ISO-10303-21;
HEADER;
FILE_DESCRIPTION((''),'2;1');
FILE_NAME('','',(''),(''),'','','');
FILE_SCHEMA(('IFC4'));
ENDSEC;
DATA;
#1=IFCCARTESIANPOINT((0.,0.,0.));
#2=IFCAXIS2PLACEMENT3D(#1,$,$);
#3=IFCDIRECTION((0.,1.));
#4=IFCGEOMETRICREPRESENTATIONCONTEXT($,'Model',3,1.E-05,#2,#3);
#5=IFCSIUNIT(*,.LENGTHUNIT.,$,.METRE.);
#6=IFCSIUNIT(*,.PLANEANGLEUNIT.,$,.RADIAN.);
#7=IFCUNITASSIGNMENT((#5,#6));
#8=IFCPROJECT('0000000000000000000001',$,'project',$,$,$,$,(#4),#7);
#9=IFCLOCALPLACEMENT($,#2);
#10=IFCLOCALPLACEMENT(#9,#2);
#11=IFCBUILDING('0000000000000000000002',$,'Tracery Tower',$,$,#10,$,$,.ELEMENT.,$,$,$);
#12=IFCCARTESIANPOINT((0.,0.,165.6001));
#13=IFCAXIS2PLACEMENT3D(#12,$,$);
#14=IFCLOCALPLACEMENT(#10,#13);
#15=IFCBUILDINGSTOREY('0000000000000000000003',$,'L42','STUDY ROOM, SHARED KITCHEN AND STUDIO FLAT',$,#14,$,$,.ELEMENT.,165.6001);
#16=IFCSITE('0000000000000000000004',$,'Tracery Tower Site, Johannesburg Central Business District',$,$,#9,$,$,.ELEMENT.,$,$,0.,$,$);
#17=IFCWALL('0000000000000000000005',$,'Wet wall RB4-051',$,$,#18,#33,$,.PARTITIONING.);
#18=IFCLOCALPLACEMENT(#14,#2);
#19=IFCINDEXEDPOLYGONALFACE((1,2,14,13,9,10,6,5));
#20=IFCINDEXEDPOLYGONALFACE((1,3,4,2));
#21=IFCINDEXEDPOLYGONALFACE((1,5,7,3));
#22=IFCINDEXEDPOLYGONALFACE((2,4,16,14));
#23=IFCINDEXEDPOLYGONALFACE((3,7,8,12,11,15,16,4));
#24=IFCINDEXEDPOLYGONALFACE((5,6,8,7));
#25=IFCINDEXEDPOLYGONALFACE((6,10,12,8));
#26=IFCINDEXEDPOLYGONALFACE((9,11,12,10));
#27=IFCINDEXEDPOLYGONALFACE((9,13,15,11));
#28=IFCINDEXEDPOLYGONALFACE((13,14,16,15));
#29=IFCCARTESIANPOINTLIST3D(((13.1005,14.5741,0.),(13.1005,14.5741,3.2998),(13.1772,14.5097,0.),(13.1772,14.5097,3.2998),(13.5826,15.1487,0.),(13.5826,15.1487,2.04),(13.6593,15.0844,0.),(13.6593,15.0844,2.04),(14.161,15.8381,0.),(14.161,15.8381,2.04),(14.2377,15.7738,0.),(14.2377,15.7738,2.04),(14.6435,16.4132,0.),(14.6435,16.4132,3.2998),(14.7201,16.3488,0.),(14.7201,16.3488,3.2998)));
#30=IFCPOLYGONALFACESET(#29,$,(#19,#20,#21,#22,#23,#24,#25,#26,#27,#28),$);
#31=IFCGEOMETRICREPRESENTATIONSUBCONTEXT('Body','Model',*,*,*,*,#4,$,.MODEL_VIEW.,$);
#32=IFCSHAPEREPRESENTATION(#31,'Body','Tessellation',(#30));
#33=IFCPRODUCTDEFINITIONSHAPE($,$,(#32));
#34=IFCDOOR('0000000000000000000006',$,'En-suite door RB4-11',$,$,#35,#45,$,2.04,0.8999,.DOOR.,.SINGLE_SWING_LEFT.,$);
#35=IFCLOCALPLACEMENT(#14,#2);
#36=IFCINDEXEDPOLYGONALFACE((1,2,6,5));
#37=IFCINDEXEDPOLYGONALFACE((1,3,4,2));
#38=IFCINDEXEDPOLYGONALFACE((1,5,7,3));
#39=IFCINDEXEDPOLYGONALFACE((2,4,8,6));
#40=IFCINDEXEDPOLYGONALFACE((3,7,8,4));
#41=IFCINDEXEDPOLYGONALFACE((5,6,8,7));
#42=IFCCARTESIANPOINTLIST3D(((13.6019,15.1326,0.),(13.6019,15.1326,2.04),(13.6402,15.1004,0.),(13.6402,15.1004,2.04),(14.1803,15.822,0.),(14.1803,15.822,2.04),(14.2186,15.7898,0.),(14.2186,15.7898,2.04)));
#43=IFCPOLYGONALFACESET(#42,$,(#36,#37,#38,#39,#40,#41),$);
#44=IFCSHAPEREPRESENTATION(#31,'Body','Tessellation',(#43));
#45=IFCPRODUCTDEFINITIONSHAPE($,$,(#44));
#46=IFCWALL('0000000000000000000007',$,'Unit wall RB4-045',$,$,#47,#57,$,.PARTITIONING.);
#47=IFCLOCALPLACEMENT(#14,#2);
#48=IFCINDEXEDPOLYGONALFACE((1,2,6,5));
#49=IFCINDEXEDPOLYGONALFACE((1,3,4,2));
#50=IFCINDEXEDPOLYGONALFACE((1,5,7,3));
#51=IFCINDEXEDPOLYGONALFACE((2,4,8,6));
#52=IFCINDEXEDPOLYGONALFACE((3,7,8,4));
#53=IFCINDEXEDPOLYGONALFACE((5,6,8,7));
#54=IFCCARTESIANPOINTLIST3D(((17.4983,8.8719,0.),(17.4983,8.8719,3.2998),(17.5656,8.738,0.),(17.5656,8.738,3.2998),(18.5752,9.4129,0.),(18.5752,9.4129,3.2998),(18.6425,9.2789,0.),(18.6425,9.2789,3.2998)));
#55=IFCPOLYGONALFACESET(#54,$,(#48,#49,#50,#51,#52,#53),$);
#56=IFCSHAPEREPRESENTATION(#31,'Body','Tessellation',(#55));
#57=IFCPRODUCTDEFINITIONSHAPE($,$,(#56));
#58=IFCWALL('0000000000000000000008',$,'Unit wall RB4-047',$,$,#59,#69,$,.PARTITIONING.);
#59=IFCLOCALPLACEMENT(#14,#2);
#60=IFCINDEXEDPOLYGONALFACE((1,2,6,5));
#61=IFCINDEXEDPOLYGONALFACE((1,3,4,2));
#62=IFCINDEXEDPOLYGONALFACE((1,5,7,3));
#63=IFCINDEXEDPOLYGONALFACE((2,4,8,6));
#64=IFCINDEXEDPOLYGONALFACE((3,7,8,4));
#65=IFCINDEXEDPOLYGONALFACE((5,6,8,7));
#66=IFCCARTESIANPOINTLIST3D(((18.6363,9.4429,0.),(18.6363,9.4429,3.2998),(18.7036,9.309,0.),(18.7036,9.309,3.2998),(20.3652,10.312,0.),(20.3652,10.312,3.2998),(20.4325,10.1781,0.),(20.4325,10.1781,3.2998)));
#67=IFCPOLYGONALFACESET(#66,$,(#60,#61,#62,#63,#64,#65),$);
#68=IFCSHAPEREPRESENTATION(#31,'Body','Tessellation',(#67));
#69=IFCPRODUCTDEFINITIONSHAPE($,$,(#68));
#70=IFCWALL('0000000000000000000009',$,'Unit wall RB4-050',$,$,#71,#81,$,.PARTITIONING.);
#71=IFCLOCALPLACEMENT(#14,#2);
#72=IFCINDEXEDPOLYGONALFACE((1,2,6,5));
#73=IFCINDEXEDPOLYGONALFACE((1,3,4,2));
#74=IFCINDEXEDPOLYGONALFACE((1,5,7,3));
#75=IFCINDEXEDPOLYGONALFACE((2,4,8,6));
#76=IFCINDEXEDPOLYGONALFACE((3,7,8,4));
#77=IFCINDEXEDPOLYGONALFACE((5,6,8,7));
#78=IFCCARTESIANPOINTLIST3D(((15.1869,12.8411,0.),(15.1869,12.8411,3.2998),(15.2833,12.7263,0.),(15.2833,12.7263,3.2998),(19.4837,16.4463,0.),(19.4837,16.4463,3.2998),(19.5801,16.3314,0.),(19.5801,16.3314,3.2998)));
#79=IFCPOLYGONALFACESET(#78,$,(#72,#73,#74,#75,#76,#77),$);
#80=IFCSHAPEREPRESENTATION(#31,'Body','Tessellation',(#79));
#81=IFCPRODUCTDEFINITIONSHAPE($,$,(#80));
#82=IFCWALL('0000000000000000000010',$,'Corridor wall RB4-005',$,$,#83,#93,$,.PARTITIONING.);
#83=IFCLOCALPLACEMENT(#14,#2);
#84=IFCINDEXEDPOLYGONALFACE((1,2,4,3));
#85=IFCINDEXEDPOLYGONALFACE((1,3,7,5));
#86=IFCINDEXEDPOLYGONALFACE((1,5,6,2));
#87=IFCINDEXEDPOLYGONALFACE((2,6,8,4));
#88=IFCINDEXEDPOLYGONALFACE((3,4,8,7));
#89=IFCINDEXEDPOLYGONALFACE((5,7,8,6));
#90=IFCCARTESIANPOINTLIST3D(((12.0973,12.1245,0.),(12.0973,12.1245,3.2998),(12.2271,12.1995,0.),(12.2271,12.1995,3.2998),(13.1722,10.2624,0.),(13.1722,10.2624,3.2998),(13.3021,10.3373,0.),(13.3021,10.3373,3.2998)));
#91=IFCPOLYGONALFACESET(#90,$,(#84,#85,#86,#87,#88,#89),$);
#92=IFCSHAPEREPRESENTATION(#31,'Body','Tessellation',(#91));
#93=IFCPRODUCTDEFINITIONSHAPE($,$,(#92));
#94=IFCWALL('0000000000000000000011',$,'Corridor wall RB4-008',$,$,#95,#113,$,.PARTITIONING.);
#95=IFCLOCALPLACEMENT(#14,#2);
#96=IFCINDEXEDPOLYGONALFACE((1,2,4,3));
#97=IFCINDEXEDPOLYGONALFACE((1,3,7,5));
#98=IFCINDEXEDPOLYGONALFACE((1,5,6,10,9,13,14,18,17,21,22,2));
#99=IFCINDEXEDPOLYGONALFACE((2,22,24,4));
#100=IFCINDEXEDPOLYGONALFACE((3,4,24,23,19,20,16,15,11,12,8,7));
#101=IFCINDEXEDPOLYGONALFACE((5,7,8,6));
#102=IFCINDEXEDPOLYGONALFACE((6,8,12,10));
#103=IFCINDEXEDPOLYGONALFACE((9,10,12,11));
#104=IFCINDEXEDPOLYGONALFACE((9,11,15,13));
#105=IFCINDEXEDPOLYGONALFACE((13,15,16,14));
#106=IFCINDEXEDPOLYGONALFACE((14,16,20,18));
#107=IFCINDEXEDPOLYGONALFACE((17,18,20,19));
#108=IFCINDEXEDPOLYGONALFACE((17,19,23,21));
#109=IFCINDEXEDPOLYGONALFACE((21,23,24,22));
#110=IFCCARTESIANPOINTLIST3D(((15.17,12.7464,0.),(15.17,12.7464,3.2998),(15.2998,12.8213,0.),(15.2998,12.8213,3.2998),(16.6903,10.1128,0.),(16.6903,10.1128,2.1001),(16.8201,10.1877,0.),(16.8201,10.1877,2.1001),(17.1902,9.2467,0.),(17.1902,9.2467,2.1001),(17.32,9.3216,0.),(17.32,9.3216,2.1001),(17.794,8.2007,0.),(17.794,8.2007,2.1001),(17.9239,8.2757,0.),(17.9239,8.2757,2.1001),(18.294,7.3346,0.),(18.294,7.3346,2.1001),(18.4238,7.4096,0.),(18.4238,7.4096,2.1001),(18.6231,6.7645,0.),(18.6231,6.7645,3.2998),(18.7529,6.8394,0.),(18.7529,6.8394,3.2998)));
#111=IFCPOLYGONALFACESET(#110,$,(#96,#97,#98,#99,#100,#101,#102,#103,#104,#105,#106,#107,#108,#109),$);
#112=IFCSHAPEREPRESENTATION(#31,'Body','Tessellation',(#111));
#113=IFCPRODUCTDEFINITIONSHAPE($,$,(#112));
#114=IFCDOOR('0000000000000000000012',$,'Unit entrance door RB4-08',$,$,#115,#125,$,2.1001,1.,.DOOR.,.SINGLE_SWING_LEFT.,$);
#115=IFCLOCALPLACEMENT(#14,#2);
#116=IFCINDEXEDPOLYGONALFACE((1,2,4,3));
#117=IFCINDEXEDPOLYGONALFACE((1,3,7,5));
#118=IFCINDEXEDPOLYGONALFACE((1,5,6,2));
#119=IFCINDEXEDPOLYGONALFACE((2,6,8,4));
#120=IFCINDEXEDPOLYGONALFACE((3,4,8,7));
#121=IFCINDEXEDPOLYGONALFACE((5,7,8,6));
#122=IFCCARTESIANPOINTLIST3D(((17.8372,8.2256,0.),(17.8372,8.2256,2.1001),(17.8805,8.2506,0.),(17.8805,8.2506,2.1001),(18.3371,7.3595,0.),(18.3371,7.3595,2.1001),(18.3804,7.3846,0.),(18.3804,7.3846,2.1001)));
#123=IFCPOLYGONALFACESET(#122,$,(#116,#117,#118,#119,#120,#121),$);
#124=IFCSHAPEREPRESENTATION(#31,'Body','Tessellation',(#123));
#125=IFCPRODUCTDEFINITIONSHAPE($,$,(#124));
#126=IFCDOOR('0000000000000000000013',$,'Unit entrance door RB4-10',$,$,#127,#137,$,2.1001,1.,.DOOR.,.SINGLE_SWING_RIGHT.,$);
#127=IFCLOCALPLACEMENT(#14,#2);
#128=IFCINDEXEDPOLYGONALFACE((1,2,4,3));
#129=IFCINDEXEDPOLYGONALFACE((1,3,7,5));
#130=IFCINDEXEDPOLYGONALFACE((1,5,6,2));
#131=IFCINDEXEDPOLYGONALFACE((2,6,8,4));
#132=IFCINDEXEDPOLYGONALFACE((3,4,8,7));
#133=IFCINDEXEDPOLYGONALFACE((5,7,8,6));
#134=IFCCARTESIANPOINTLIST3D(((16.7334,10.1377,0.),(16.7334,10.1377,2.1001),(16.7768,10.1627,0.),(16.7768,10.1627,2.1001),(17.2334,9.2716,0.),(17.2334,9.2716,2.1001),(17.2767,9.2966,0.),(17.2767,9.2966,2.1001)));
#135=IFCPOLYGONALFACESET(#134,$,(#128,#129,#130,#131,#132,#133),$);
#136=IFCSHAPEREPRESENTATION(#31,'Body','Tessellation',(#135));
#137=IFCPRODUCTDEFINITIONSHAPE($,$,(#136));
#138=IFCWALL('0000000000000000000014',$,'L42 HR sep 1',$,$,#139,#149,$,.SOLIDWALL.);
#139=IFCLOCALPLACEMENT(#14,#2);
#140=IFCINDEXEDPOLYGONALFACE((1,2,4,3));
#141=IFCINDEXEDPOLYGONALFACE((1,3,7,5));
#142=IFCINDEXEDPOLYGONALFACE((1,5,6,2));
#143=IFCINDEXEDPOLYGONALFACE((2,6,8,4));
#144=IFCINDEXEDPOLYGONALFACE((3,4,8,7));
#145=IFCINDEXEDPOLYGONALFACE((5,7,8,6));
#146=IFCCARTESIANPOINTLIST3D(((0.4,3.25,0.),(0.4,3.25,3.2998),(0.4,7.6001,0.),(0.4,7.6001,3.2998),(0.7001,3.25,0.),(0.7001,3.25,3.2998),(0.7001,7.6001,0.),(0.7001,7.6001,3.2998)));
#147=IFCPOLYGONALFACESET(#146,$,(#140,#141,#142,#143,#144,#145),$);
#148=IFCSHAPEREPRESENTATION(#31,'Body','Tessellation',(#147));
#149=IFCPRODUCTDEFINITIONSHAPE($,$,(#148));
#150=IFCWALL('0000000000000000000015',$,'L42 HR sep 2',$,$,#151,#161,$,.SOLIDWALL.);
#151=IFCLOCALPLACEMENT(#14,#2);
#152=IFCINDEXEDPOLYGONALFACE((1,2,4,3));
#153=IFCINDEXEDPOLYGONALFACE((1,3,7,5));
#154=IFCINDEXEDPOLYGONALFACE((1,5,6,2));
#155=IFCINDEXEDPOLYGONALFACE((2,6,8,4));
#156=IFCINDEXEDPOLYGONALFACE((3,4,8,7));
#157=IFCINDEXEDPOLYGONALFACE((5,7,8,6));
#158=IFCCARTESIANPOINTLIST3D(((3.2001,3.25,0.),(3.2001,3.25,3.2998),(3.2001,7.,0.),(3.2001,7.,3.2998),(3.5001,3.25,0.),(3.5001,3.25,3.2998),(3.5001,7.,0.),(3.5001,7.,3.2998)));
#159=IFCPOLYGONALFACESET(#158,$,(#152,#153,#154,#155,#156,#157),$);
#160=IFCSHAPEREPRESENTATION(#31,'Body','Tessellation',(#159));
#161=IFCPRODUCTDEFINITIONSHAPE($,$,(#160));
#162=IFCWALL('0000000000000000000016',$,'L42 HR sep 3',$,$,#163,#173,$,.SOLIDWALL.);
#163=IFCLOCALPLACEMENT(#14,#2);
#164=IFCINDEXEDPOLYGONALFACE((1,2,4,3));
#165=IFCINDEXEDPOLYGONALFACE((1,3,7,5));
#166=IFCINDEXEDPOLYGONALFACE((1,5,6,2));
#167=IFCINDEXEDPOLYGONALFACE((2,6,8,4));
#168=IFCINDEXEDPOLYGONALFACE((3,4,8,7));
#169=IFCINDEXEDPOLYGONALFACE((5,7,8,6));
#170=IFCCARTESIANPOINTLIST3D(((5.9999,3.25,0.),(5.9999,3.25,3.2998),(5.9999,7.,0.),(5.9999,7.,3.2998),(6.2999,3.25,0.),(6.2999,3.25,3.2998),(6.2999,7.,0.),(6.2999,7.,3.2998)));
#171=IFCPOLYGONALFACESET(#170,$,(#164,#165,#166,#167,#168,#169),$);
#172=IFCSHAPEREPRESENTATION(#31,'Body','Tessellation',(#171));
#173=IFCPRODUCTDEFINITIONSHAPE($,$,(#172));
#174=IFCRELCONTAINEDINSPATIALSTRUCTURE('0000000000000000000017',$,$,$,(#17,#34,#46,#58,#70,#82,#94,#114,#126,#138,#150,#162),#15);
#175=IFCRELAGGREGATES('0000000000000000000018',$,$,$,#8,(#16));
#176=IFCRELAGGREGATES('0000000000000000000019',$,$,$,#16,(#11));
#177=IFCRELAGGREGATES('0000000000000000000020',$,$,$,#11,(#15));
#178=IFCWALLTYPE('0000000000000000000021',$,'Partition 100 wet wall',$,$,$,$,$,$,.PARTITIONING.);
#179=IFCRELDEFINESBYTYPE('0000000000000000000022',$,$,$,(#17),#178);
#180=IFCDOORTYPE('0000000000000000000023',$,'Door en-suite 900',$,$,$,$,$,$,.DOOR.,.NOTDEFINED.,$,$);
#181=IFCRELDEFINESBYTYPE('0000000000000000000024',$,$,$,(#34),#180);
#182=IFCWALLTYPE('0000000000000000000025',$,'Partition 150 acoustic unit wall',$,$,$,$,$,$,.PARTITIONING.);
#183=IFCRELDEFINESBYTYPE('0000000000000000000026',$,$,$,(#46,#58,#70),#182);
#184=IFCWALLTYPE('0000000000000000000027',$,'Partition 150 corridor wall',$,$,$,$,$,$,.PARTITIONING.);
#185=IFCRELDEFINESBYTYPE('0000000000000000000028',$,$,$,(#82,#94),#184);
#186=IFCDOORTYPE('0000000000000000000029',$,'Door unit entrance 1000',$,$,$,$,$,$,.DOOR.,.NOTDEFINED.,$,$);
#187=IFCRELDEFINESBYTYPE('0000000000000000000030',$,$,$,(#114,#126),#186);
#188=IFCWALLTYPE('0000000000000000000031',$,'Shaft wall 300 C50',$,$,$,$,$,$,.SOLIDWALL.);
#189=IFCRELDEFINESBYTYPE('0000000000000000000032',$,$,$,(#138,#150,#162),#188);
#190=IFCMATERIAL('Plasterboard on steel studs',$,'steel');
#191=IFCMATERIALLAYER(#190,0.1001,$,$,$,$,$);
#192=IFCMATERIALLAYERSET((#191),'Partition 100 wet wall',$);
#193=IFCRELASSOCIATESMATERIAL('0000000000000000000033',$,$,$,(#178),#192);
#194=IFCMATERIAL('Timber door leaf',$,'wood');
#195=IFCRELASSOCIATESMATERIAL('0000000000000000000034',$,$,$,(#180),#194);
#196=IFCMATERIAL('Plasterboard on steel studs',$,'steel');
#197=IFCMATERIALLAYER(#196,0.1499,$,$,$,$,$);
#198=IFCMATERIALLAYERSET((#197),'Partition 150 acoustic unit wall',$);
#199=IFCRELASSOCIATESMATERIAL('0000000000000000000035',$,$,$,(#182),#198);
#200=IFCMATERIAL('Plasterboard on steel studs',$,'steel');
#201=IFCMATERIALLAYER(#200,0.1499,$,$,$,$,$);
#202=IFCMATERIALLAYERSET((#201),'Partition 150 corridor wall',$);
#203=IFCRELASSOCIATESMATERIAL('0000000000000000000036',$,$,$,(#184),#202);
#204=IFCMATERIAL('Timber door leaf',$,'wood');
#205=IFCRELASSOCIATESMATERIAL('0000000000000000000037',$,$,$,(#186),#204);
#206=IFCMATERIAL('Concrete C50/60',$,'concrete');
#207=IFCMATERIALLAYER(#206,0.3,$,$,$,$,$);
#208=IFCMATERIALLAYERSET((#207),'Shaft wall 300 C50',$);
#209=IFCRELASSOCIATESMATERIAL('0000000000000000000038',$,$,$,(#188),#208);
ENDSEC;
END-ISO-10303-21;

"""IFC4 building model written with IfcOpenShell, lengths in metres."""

from ifc_helpers import new_model, si_unit, direction, frame, frame_2d, origin, place, context, subcontext, project, spatial, rectangle, extrude, material, layer, layer_set, type_object, element, fill, save


model = new_model("IFC4")

# Units and contexts
model_context = context("Model", 3, precision=1e-05, world=origin(), true_north=direction((0.0, 1.0)))
body_context = subcontext(model_context, "Body", "Model", "MODEL_VIEW")
ifc_project = project(units=[si_unit("LENGTHUNIT", "METRE"), si_unit("PLANEANGLEUNIT", "RADIAN")], contexts=[model_context])

# Site, building, storey
site_placement = place(None, origin())
site = spatial("IfcSite", under=ifc_project, at=site_placement, Name="Tracery Tower Site, Johannesburg Central Business District", CompositionType="ELEMENT", RefElevation=0.0)
building_placement = place(site_placement, origin())
building = spatial("IfcBuilding", under=site, at=building_placement, Name="Tracery Tower", CompositionType="ELEMENT")
storey_placement = place(building_placement, frame((0.0, 0.0, 165.6001)))
storey = spatial("IfcBuildingStorey", under=building, at=storey_placement, Name="L42", Description="STUDY ROOM, SHARED KITCHEN AND STUDIO FLAT", CompositionType="ELEMENT", Elevation=165.6001)

# Shared definitions
ifc_material_1 = material(Name="Plasterboard on steel studs", Category="steel")
ifc_layer_1 = layer(ifc_material_1, 0.1001)
ifc_layer_set_1 = layer_set([ifc_layer_1], Name="Partition 100 wet wall")
wall_type_1 = type_object("IfcWallType", Name="Partition 100 wet wall", PredefinedType="PARTITIONING", material=ifc_layer_set_1)
ifc_material_2 = material(Name="Timber door leaf", Category="wood")
door_type_1 = type_object("IfcDoorType", Name="Door en-suite 900", OperationType="NOTDEFINED", PredefinedType="DOOR", material=ifc_material_2)

# Wall, opening, door
wall_1_placement = place(storey_placement, frame((13.1389, 14.542, 0.0), z_axis=(0.0, 0.0, 1.0), x_axis=(0.642732, 0.766091, 0.0)))
wall_1 = element("IfcWall", 1, at=wall_1_placement, inside=storey, type_object=wall_type_1, Name="Wet wall RB4-051", PredefinedType="PARTITIONING", context=body_context, shape_type="SweptSolid", body=[
    extrude(rectangle(XDim=2.4006, YDim=0.1001, at=frame_2d((1.2002, 0.0))), origin(), (0.0, 0.0, 1.0), 3.2998),
])
opening_1_placement = place(wall_1_placement, frame((0.75, 0.0, 0.0)))
opening_1 = element("IfcOpeningElement", 2, at=opening_1_placement, cuts=wall_1, PredefinedType="OPENING", context=body_context, shape_type="SweptSolid", body=[
    extrude(rectangle(XDim=0.8999, YDim=2.04, at=frame_2d((0.45, 1.02))), frame((0.0, 0.05, 0.0), z_axis=(0.0, -1.0, 0.0), x_axis=(1.0, 0.0, 0.0)), (0.0, 0.0, 1.0), 0.1001),
])
door_1_placement = place(opening_1_placement, origin())
door_1 = element("IfcDoor", 3, at=door_1_placement, inside=storey, type_object=door_type_1, Name="En-suite door RB4-11", OperationType="SINGLE_SWING_LEFT", OverallHeight=2.04, OverallWidth=0.8999, PredefinedType="DOOR", context=body_context, shape_type="SweptSolid", body=[
    extrude(rectangle(XDim=0.8999, YDim=2.04, at=frame_2d((0.45, 1.02))), frame((0.0, 0.0249, 0.0), z_axis=(0.0, -1.0, 0.0), x_axis=(1.0, 0.0, 0.0)), (0.0, 0.0, 1.0), 0.05),
])
fill(opening_1, door_1)

# Walls
ifc_material_3 = material(Name="Plasterboard on steel studs", Category="steel")
ifc_layer_2 = layer(ifc_material_3, 0.1499)
ifc_layer_set_2 = layer_set([ifc_layer_2], Name="Partition 150 acoustic unit wall")
wall_type_2 = type_object("IfcWallType", Name="Partition 150 acoustic unit wall", PredefinedType="PARTITIONING", material=ifc_layer_set_2)
wall_2_placement = place(storey_placement, frame((17.532, 8.8049, 0.0), z_axis=(0.0, 0.0, 1.0), x_axis=(0.893575, 0.448914, 0.0)))
element("IfcWall", 4, at=wall_2_placement, inside=storey, type_object=wall_type_2, Name="Unit wall RB4-045", PredefinedType="PARTITIONING", context=body_context, shape_type="SweptSolid", body=[
    extrude(rectangle(XDim=1.2051, YDim=0.1499, at=frame_2d((0.6025, 0.0))), origin(), (0.0, 0.0, 1.0), 3.2998),
])
wall_3_placement = place(storey_placement, frame((18.6699, 9.376, 0.0), z_axis=(0.0, 0.0, 1.0), x_axis=(0.893466, 0.44913, 0.0)))
element("IfcWall", 5, at=wall_3_placement, inside=storey, type_object=wall_type_2, Name="Unit wall RB4-047", PredefinedType="PARTITIONING", context=body_context, shape_type="SweptSolid", body=[
    extrude(rectangle(XDim=1.9351, YDim=0.1499, at=frame_2d((0.9675, 0.0))), origin(), (0.0, 0.0, 1.0), 3.2998),
])
wall_4_placement = place(storey_placement, frame((15.2351, 12.7837, 0.0), z_axis=(0.0, 0.0, 1.0), x_axis=(0.766069, 0.642758, 0.0)))
element("IfcWall", 6, at=wall_4_placement, inside=storey, type_object=wall_type_2, Name="Unit wall RB4-050", PredefinedType="PARTITIONING", context=body_context, shape_type="SweptSolid", body=[
    extrude(rectangle(XDim=5.6089, YDim=0.1499, at=frame_2d((2.8044, 0.0))), origin(), (0.0, 0.0, 1.0), 3.2998),
])
ifc_material_4 = material(Name="Plasterboard on steel studs", Category="steel")
ifc_layer_3 = layer(ifc_material_4, 0.1499)
ifc_layer_set_3 = layer_set([ifc_layer_3], Name="Partition 150 corridor wall")
wall_type_3 = type_object("IfcWallType", Name="Partition 150 corridor wall", PredefinedType="PARTITIONING", material=ifc_layer_set_3)
wall_5_placement = place(storey_placement, frame((12.1621, 12.1621, 0.0), z_axis=(0.0, 0.0, 1.0), x_axis=(0.499962, -0.866048, 0.0)))
element("IfcWall", 7, at=wall_5_placement, inside=storey, type_object=wall_type_3, Name="Corridor wall RB4-005", PredefinedType="PARTITIONING", context=body_context, shape_type="SweptSolid", body=[
    extrude(rectangle(XDim=2.1501, YDim=0.1499, at=frame_2d((1.0752, 0.0))), origin(), (0.0, 0.0, 1.0), 3.2998),
])

# Wall, openings, doors
wall_6_placement = place(storey_placement, frame((15.2349, 12.7839, 0.0), z_axis=(0.0, 0.0, 1.0), x_axis=(0.499941, -0.86606, 0.0)))
wall_6 = element("IfcWall", 8, at=wall_6_placement, inside=storey, type_object=wall_type_3, Name="Corridor wall RB4-008", PredefinedType="PARTITIONING", context=body_context, shape_type="SweptSolid", body=[
    extrude(rectangle(XDim=6.907, YDim=0.1499, at=frame_2d((3.4536, 0.0))), origin(), (0.0, 0.0, 1.0), 3.2998),
])
opening_2_placement = place(wall_6_placement, frame((5.2488, 0.0, 0.0)))
opening_2 = element("IfcOpeningElement", 9, at=opening_2_placement, cuts=wall_6, PredefinedType="OPENING", context=body_context, shape_type="SweptSolid", body=[
    extrude(rectangle(XDim=1.0, YDim=2.1001, at=frame_2d((0.5, 1.05))), frame((0.0, 0.075, 0.0), z_axis=(0.0, -1.0, 0.0), x_axis=(1.0, 0.0, 0.0)), (0.0, 0.0, 1.0), 0.1499),
])
opening_3_placement = place(wall_6_placement, frame((3.041, 0.0, 0.0)))
opening_3 = element("IfcOpeningElement", 10, at=opening_3_placement, cuts=wall_6, PredefinedType="OPENING", context=body_context, shape_type="SweptSolid", body=[
    extrude(rectangle(XDim=1.0, YDim=2.1001, at=frame_2d((0.5, 1.05))), frame((0.0, 0.075, 0.0), z_axis=(0.0, -1.0, 0.0), x_axis=(1.0, 0.0, 0.0)), (0.0, 0.0, 1.0), 0.1499),
])
ifc_material_5 = material(Name="Timber door leaf", Category="wood")
door_type_2 = type_object("IfcDoorType", Name="Door unit entrance 1000", OperationType="NOTDEFINED", PredefinedType="DOOR", material=ifc_material_5)
door_2_placement = place(opening_2_placement, origin())
door_2 = element("IfcDoor", 11, at=door_2_placement, inside=storey, type_object=door_type_2, Name="Unit entrance door RB4-08", OperationType="SINGLE_SWING_LEFT", OverallHeight=2.1001, OverallWidth=1.0, PredefinedType="DOOR", context=body_context, shape_type="SweptSolid", body=[
    extrude(rectangle(XDim=1.0, YDim=2.1001, at=frame_2d((0.5, 1.05))), frame((0.0, 0.0249, 0.0), z_axis=(0.0, -1.0, 0.0), x_axis=(1.0, 0.0, 0.0)), (0.0, 0.0, 1.0), 0.05),
])
fill(opening_2, door_2)
door_3_placement = place(opening_3_placement, origin())
door_3 = element("IfcDoor", 12, at=door_3_placement, inside=storey, type_object=door_type_2, Name="Unit entrance door RB4-10", OperationType="SINGLE_SWING_RIGHT", OverallHeight=2.1001, OverallWidth=1.0, PredefinedType="DOOR", context=body_context, shape_type="SweptSolid", body=[
    extrude(rectangle(XDim=1.0, YDim=2.1001, at=frame_2d((0.5, 1.05))), frame((0.0, 0.0249, 0.0), z_axis=(0.0, -1.0, 0.0), x_axis=(1.0, 0.0, 0.0)), (0.0, 0.0, 1.0), 0.05),
])
fill(opening_3, door_3)

# Walls
ifc_material_6 = material(Name="Concrete C50/60", Category="concrete")
ifc_layer_4 = layer(ifc_material_6, 0.3)
ifc_layer_set_4 = layer_set([ifc_layer_4], Name="Shaft wall 300 C50")
wall_type_4 = type_object("IfcWallType", Name="Shaft wall 300 C50", PredefinedType="SOLIDWALL", material=ifc_layer_set_4)
wall_7_placement = place(storey_placement, frame((0.55, 3.25, 0.0), z_axis=(0.0, 0.0, 1.0), x_axis=(0.0, 1.0, 0.0)))
element("IfcWall", 13, at=wall_7_placement, inside=storey, type_object=wall_type_4, Name="L42 HR sep 1", PredefinedType="SOLIDWALL", context=body_context, shape_type="SweptSolid", body=[
    extrude(rectangle(XDim=4.3501, YDim=0.3, at=frame_2d((2.175, 0.0))), origin(), (0.0, 0.0, 1.0), 3.2998),
])
for number, where, z_axis, x_axis, name in (
    (14, (3.3501, 3.25, 0.0), (0.0, 0.0, 1.0), (0.0, 1.0, 0.0), "L42 HR sep 2"),
    (15, (6.1499, 3.25, 0.0), (0.0, 0.0, 1.0), (0.0, 1.0, 0.0), "L42 HR sep 3"),
):
    element("IfcWall", number, at=place(storey_placement, frame(where, z_axis=z_axis, x_axis=x_axis)), inside=storey, type_object=wall_type_4, Name=name, PredefinedType="SOLIDWALL", context=body_context, shape_type="SweptSolid", body=[
        extrude(rectangle(XDim=3.75, YDim=0.3, at=frame_2d((1.875, 0.0))), origin(), (0.0, 0.0, 1.0), 3.2998),
    ])

save(model, "model.ifc")
